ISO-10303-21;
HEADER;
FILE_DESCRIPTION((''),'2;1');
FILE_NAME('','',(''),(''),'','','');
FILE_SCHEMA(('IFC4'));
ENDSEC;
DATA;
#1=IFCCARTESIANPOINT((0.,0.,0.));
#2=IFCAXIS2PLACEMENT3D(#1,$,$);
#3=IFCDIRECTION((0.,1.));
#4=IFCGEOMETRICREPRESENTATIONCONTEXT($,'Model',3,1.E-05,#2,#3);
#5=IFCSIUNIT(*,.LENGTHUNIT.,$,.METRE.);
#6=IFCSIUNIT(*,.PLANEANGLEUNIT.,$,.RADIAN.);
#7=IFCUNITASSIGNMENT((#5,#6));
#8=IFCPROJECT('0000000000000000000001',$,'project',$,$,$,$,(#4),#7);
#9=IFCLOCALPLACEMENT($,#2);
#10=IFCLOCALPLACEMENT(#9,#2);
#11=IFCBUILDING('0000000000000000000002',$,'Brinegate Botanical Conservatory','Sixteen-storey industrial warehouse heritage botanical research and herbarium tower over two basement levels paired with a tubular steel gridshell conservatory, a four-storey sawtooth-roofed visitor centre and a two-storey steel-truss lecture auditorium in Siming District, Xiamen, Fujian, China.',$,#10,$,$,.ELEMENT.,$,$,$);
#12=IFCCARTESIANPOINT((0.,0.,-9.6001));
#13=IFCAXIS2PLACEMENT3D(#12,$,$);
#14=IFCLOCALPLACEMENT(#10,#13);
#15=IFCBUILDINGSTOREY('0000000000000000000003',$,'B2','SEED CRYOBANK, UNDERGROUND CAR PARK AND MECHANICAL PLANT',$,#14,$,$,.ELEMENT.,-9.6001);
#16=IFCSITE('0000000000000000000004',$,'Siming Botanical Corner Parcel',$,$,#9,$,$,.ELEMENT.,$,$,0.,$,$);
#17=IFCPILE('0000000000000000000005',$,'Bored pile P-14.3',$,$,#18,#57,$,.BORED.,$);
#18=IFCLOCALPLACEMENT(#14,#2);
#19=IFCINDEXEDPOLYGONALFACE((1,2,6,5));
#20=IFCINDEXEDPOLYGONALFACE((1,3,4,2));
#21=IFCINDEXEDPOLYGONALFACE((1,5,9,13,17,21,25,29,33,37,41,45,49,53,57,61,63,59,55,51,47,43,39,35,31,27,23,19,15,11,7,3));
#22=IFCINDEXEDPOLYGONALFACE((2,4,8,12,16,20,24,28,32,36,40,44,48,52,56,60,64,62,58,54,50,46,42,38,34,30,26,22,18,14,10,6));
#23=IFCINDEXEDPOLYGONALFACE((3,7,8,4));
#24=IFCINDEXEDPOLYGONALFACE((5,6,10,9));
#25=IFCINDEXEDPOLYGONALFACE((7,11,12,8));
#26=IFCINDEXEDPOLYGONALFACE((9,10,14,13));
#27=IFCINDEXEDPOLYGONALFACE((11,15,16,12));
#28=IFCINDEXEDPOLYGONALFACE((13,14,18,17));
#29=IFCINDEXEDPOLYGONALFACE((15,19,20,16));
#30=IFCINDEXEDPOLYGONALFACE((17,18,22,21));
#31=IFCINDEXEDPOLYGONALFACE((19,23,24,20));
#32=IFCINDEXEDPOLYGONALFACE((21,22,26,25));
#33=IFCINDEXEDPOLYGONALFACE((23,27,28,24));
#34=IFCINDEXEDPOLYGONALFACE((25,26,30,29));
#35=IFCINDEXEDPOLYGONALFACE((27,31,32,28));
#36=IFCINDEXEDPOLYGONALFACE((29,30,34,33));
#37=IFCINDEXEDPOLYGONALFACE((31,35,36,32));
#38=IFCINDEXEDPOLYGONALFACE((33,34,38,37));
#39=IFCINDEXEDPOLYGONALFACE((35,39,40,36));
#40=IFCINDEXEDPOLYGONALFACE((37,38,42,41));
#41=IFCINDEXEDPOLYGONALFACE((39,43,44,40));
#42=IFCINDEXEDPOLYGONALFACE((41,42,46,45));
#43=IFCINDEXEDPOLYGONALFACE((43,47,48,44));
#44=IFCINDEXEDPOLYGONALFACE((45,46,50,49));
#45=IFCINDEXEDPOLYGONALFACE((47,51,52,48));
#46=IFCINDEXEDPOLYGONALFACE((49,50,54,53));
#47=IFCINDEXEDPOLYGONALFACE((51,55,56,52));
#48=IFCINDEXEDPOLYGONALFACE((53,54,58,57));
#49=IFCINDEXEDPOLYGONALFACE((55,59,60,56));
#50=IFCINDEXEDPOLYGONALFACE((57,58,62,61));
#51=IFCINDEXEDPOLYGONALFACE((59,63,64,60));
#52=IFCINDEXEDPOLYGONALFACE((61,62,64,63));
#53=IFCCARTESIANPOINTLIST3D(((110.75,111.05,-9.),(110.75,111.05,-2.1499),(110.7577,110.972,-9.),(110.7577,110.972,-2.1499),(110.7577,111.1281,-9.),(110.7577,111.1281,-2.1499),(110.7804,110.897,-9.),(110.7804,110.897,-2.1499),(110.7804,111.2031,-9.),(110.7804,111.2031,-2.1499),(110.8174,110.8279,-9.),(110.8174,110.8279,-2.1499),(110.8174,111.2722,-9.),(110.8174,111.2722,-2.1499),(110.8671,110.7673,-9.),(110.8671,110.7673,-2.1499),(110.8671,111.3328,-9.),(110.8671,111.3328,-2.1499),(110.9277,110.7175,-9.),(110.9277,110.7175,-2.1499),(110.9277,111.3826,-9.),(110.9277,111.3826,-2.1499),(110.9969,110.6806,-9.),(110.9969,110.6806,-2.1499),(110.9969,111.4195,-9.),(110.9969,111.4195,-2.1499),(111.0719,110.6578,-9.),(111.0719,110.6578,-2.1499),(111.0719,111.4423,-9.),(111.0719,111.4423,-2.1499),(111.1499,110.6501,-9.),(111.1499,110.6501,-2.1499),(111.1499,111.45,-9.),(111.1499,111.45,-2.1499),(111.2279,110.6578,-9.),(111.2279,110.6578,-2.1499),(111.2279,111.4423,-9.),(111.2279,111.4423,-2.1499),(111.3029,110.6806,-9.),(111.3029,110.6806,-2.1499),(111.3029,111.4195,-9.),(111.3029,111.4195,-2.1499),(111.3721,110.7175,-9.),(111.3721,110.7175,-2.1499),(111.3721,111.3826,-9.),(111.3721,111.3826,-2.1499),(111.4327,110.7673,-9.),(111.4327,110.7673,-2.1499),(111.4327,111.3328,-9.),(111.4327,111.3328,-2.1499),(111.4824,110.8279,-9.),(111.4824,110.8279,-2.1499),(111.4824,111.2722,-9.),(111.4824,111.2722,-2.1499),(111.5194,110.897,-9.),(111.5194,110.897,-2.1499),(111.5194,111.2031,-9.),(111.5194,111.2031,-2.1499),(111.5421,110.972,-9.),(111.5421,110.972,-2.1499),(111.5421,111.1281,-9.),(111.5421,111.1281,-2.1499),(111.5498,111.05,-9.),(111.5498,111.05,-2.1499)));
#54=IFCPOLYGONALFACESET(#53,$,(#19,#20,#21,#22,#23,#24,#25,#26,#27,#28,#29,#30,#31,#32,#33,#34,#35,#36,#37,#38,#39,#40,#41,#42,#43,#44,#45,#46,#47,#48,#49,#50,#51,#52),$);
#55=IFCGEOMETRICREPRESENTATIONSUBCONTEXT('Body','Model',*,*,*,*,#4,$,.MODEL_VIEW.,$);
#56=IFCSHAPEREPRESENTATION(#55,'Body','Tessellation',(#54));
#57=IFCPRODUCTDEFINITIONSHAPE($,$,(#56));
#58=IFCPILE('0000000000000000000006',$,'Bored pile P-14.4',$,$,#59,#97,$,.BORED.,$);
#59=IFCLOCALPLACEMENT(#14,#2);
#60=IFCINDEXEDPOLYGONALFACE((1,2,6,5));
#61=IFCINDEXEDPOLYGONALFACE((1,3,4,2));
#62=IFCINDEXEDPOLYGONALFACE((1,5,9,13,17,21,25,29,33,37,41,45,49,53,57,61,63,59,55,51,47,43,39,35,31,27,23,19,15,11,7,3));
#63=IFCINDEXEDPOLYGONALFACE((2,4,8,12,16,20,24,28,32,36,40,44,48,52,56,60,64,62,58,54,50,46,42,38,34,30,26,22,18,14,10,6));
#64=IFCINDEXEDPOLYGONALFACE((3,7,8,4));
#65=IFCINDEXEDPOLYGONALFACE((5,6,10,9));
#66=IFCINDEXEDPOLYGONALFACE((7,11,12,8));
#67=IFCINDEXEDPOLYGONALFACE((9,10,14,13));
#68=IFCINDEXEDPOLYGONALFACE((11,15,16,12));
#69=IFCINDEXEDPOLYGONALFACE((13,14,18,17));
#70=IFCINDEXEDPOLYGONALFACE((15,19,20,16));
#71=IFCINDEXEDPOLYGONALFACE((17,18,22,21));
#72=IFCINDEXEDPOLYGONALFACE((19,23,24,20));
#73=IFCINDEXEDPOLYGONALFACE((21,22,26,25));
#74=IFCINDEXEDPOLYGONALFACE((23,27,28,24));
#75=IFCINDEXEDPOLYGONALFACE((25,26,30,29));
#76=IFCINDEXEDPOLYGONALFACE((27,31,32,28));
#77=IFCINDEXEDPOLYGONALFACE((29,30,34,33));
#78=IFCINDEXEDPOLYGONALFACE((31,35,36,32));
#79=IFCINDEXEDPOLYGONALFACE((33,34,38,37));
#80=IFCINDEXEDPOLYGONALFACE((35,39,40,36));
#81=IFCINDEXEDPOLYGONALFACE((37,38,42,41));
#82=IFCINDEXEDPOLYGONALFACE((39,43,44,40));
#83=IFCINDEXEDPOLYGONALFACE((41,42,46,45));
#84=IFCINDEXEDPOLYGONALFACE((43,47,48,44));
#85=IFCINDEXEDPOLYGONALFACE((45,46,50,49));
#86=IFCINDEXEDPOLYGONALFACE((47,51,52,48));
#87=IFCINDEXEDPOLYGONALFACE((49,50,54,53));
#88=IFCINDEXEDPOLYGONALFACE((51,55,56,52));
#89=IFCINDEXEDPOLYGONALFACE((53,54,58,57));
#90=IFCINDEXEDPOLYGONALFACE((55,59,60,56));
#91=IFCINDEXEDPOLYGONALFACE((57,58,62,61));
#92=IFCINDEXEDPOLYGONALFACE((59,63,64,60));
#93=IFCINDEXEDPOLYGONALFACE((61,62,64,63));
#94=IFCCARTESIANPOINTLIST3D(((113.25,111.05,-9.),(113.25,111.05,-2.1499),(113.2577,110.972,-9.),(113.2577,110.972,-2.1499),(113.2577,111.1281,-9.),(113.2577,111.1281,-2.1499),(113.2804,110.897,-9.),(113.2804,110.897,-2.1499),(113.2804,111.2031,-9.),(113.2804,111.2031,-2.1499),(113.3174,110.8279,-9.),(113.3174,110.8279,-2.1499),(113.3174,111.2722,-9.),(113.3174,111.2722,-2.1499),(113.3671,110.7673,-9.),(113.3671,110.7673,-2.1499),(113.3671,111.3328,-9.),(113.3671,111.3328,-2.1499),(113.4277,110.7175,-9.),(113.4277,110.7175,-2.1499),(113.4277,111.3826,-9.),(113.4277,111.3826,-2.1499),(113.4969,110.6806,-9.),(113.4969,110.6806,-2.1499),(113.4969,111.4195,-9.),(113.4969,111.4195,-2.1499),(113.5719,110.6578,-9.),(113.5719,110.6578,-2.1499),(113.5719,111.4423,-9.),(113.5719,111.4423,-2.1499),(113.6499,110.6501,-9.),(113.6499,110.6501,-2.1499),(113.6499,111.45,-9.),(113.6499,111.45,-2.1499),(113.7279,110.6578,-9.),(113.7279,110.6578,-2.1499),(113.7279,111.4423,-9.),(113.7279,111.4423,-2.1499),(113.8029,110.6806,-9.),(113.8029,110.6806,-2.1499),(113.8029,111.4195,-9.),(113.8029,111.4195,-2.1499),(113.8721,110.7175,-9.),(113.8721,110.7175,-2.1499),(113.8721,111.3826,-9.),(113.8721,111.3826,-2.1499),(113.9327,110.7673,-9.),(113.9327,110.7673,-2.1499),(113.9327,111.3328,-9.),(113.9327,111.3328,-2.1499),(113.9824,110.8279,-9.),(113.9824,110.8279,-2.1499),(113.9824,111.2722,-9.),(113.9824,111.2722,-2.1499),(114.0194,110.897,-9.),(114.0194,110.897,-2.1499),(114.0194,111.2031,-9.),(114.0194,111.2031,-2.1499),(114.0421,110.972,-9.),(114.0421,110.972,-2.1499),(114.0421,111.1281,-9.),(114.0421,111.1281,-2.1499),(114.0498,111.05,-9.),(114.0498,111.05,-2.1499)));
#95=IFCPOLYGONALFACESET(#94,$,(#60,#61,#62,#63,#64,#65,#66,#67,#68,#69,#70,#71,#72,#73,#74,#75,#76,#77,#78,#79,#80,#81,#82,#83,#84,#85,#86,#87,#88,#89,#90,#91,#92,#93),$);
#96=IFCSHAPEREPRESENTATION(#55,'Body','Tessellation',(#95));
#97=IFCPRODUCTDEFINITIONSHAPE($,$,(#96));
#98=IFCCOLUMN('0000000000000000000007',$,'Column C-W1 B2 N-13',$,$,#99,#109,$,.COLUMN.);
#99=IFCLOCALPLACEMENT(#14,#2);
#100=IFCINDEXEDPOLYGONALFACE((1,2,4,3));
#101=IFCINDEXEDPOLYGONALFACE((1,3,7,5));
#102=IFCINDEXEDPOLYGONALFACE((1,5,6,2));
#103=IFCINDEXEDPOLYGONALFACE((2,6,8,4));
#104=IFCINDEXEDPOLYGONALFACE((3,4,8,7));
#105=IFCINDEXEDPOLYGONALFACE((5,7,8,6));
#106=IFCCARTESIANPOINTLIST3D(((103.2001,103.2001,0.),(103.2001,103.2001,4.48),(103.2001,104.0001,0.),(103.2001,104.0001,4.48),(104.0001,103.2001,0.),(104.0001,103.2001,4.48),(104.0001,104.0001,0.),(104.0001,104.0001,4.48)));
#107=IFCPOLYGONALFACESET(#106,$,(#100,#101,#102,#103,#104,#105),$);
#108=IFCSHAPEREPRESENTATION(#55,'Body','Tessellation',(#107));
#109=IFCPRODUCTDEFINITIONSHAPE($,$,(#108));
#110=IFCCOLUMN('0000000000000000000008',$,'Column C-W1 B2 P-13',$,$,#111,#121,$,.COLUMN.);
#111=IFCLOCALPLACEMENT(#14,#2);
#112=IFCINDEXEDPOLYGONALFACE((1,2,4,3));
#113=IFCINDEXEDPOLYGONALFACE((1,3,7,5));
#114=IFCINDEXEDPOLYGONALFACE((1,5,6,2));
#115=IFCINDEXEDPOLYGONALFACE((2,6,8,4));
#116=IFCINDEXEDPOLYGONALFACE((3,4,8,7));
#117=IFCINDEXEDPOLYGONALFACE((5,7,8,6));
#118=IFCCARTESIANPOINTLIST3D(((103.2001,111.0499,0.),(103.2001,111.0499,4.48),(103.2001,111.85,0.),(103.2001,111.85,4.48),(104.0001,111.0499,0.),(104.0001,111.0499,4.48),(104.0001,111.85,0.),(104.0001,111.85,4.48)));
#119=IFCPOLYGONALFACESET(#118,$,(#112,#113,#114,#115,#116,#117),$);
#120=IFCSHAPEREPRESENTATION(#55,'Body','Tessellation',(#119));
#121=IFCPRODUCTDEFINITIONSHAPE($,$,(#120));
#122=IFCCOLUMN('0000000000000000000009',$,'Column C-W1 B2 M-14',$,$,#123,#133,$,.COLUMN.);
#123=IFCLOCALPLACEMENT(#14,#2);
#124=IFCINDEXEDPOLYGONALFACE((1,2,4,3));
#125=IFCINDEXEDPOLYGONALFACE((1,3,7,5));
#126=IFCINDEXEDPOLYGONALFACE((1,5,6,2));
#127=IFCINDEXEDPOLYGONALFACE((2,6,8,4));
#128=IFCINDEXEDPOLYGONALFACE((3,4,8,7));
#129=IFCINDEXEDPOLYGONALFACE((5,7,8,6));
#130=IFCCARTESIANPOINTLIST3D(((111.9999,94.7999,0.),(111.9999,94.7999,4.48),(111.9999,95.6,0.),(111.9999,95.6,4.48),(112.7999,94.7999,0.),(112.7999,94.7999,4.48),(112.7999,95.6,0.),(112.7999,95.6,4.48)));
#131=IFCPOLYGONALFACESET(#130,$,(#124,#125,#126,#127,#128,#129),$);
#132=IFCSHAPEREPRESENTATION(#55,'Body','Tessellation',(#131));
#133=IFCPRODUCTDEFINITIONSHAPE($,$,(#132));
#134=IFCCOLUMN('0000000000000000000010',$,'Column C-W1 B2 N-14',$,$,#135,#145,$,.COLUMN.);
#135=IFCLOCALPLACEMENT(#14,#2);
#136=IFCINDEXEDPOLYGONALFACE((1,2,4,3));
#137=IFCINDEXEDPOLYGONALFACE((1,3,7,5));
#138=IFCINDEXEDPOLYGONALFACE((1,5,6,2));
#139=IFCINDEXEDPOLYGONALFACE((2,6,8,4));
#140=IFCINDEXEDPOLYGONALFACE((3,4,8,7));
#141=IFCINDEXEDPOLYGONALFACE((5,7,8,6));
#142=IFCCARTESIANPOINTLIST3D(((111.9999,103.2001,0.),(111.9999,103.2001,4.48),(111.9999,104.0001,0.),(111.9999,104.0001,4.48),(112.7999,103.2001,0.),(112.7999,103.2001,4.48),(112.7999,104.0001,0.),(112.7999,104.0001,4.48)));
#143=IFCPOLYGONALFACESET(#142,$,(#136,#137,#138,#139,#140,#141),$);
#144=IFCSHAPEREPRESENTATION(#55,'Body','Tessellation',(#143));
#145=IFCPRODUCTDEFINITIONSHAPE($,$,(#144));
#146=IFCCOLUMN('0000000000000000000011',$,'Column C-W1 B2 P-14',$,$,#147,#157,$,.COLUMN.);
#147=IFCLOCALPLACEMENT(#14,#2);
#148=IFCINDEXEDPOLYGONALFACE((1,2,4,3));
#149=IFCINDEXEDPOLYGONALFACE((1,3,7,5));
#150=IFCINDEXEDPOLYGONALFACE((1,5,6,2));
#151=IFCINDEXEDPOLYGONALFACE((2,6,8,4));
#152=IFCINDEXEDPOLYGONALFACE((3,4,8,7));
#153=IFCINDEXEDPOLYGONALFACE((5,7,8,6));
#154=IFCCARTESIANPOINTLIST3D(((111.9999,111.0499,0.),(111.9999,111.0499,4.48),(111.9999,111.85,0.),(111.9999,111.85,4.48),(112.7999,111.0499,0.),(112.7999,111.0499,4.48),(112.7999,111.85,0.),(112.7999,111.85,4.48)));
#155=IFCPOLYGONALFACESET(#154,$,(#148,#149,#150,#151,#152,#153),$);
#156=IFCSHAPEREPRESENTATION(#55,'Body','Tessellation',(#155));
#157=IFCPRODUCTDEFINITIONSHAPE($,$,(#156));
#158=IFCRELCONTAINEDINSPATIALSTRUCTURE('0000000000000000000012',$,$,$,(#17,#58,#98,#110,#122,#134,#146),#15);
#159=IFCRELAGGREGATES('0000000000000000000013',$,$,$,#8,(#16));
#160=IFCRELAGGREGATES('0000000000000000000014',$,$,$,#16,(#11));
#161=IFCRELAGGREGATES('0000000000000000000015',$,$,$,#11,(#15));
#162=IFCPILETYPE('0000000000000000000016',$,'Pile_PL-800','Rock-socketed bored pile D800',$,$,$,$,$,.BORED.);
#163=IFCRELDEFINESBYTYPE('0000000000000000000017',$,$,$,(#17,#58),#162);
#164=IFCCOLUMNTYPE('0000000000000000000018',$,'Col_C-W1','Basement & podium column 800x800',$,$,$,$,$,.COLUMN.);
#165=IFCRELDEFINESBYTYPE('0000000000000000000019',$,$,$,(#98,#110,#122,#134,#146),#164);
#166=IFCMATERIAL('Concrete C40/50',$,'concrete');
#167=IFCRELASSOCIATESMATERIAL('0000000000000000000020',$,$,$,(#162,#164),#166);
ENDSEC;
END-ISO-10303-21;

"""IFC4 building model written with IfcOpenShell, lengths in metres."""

from ifc_helpers import new_model, si_unit, direction, frame, origin, origin_2d, place, context, subcontext, project, spatial, rectangle, circle, extrude, material, material_profile, profile_set, type_object, element, save


model = new_model("IFC4")

# Units and contexts
model_context = context("Model", 3, precision=1e-05, world=origin(), true_north=direction((0.0, 1.0)))
body_context = subcontext(model_context, "Body", "Model", "MODEL_VIEW")
ifc_project = project(units=[si_unit("LENGTHUNIT", "METRE"), si_unit("PLANEANGLEUNIT", "RADIAN")], contexts=[model_context])

# Site, building, storey
site_placement = place(None, origin())
site = spatial("IfcSite", under=ifc_project, at=site_placement, Name="Siming Botanical Corner Parcel", CompositionType="ELEMENT", RefElevation=0.0)
building_placement = place(site_placement, origin())
building = spatial("IfcBuilding", under=site, at=building_placement, Name="Brinegate Botanical Conservatory", Description="Sixteen-storey industrial warehouse heritage botanical research and herbarium tower over two basement levels paired with a tubular steel gridshell conservatory, a four-storey sawtooth-roofed visitor centre and a two-storey steel-truss lecture auditorium in Siming District, Xiamen, Fujian, China.", CompositionType="ELEMENT")
storey_placement = place(building_placement, frame((0.0, 0.0, -9.6001)))
storey = spatial("IfcBuildingStorey", under=building, at=storey_placement, Name="B2", Description="SEED CRYOBANK, UNDERGROUND CAR PARK AND MECHANICAL PLANT", CompositionType="ELEMENT", Elevation=-9.6001)

# Shared definitions
ifc_material = material(Name="Concrete C40/50", Category="concrete")

# Piles
ifc_material_profile_1 = material_profile(ifc_material, circle(Radius=0.3999, at=origin_2d()), Name="PILE D800")
ifc_profile_set_1 = profile_set([ifc_material_profile_1], Name="Concrete C40/50")
pile_type_1 = type_object("IfcPileType", Name="Pile_PL-800", Description="Rock-socketed bored pile D800", PredefinedType="BORED", material=ifc_profile_set_1)
for number, where, z_axis, x_axis, name in (
    (1, (111.1499, 111.05, -2.1499), (0.0, 0.0, -1.0), (1.0, 0.0, 0.0), "Bored pile P-14.3"),
    (2, (113.6499, 111.05, -2.1499), (0.0, 0.0, -1.0), (1.0, 0.0, 0.0), "Bored pile P-14.4"),
):
    element("IfcPile", number, at=place(storey_placement, frame(where, z_axis=z_axis, x_axis=x_axis)), inside=storey, type_object=pile_type_1, Name=name, PredefinedType="BORED", context=body_context, shape_type="SweptSolid", body=[
        extrude(circle(Radius=0.3999, at=origin_2d()), origin(), (0.0, 0.0, 1.0), 6.8501),
    ])

# Columns
ifc_material_profile_2 = material_profile(ifc_material, rectangle(XDim=0.8, YDim=0.8, at=origin_2d()), Name="RC COL 800x800")
ifc_profile_set_2 = profile_set([ifc_material_profile_2], Name="Concrete C40/50")
column_type = type_object("IfcColumnType", Name="Col_C-W1", Description="Basement & podium column 800x800", PredefinedType="COLUMN", material=ifc_profile_set_2)
for number, where, z_axis, x_axis, name in (
    (3, (103.6001, 103.6001, 0.0), (0.0, 0.0, 1.0), (1.0, 0.0, 0.0), "Column C-W1 B2 N-13"),
    (4, (103.6001, 111.45, 0.0), (0.0, 0.0, 1.0), (1.0, 0.0, 0.0), "Column C-W1 B2 P-13"),
    (5, (112.3999, 95.2, 0.0), (0.0, 0.0, 1.0), (1.0, 0.0, 0.0), "Column C-W1 B2 M-14"),
    (6, (112.3999, 103.6001, 0.0), (0.0, 0.0, 1.0), (1.0, 0.0, 0.0), "Column C-W1 B2 N-14"),
    (7, (112.3999, 111.45, 0.0), (0.0, 0.0, 1.0), (1.0, 0.0, 0.0), "Column C-W1 B2 P-14"),
):
    element("IfcColumn", number, at=place(storey_placement, frame(where, z_axis=z_axis, x_axis=x_axis)), inside=storey, type_object=column_type, Name=name, PredefinedType="COLUMN", context=body_context, shape_type="SweptSolid", body=[
        extrude(rectangle(XDim=0.8, YDim=0.8, at=origin_2d()), origin(), (0.0, 0.0, 1.0), 4.48),
    ])

save(model, "model.ifc")
